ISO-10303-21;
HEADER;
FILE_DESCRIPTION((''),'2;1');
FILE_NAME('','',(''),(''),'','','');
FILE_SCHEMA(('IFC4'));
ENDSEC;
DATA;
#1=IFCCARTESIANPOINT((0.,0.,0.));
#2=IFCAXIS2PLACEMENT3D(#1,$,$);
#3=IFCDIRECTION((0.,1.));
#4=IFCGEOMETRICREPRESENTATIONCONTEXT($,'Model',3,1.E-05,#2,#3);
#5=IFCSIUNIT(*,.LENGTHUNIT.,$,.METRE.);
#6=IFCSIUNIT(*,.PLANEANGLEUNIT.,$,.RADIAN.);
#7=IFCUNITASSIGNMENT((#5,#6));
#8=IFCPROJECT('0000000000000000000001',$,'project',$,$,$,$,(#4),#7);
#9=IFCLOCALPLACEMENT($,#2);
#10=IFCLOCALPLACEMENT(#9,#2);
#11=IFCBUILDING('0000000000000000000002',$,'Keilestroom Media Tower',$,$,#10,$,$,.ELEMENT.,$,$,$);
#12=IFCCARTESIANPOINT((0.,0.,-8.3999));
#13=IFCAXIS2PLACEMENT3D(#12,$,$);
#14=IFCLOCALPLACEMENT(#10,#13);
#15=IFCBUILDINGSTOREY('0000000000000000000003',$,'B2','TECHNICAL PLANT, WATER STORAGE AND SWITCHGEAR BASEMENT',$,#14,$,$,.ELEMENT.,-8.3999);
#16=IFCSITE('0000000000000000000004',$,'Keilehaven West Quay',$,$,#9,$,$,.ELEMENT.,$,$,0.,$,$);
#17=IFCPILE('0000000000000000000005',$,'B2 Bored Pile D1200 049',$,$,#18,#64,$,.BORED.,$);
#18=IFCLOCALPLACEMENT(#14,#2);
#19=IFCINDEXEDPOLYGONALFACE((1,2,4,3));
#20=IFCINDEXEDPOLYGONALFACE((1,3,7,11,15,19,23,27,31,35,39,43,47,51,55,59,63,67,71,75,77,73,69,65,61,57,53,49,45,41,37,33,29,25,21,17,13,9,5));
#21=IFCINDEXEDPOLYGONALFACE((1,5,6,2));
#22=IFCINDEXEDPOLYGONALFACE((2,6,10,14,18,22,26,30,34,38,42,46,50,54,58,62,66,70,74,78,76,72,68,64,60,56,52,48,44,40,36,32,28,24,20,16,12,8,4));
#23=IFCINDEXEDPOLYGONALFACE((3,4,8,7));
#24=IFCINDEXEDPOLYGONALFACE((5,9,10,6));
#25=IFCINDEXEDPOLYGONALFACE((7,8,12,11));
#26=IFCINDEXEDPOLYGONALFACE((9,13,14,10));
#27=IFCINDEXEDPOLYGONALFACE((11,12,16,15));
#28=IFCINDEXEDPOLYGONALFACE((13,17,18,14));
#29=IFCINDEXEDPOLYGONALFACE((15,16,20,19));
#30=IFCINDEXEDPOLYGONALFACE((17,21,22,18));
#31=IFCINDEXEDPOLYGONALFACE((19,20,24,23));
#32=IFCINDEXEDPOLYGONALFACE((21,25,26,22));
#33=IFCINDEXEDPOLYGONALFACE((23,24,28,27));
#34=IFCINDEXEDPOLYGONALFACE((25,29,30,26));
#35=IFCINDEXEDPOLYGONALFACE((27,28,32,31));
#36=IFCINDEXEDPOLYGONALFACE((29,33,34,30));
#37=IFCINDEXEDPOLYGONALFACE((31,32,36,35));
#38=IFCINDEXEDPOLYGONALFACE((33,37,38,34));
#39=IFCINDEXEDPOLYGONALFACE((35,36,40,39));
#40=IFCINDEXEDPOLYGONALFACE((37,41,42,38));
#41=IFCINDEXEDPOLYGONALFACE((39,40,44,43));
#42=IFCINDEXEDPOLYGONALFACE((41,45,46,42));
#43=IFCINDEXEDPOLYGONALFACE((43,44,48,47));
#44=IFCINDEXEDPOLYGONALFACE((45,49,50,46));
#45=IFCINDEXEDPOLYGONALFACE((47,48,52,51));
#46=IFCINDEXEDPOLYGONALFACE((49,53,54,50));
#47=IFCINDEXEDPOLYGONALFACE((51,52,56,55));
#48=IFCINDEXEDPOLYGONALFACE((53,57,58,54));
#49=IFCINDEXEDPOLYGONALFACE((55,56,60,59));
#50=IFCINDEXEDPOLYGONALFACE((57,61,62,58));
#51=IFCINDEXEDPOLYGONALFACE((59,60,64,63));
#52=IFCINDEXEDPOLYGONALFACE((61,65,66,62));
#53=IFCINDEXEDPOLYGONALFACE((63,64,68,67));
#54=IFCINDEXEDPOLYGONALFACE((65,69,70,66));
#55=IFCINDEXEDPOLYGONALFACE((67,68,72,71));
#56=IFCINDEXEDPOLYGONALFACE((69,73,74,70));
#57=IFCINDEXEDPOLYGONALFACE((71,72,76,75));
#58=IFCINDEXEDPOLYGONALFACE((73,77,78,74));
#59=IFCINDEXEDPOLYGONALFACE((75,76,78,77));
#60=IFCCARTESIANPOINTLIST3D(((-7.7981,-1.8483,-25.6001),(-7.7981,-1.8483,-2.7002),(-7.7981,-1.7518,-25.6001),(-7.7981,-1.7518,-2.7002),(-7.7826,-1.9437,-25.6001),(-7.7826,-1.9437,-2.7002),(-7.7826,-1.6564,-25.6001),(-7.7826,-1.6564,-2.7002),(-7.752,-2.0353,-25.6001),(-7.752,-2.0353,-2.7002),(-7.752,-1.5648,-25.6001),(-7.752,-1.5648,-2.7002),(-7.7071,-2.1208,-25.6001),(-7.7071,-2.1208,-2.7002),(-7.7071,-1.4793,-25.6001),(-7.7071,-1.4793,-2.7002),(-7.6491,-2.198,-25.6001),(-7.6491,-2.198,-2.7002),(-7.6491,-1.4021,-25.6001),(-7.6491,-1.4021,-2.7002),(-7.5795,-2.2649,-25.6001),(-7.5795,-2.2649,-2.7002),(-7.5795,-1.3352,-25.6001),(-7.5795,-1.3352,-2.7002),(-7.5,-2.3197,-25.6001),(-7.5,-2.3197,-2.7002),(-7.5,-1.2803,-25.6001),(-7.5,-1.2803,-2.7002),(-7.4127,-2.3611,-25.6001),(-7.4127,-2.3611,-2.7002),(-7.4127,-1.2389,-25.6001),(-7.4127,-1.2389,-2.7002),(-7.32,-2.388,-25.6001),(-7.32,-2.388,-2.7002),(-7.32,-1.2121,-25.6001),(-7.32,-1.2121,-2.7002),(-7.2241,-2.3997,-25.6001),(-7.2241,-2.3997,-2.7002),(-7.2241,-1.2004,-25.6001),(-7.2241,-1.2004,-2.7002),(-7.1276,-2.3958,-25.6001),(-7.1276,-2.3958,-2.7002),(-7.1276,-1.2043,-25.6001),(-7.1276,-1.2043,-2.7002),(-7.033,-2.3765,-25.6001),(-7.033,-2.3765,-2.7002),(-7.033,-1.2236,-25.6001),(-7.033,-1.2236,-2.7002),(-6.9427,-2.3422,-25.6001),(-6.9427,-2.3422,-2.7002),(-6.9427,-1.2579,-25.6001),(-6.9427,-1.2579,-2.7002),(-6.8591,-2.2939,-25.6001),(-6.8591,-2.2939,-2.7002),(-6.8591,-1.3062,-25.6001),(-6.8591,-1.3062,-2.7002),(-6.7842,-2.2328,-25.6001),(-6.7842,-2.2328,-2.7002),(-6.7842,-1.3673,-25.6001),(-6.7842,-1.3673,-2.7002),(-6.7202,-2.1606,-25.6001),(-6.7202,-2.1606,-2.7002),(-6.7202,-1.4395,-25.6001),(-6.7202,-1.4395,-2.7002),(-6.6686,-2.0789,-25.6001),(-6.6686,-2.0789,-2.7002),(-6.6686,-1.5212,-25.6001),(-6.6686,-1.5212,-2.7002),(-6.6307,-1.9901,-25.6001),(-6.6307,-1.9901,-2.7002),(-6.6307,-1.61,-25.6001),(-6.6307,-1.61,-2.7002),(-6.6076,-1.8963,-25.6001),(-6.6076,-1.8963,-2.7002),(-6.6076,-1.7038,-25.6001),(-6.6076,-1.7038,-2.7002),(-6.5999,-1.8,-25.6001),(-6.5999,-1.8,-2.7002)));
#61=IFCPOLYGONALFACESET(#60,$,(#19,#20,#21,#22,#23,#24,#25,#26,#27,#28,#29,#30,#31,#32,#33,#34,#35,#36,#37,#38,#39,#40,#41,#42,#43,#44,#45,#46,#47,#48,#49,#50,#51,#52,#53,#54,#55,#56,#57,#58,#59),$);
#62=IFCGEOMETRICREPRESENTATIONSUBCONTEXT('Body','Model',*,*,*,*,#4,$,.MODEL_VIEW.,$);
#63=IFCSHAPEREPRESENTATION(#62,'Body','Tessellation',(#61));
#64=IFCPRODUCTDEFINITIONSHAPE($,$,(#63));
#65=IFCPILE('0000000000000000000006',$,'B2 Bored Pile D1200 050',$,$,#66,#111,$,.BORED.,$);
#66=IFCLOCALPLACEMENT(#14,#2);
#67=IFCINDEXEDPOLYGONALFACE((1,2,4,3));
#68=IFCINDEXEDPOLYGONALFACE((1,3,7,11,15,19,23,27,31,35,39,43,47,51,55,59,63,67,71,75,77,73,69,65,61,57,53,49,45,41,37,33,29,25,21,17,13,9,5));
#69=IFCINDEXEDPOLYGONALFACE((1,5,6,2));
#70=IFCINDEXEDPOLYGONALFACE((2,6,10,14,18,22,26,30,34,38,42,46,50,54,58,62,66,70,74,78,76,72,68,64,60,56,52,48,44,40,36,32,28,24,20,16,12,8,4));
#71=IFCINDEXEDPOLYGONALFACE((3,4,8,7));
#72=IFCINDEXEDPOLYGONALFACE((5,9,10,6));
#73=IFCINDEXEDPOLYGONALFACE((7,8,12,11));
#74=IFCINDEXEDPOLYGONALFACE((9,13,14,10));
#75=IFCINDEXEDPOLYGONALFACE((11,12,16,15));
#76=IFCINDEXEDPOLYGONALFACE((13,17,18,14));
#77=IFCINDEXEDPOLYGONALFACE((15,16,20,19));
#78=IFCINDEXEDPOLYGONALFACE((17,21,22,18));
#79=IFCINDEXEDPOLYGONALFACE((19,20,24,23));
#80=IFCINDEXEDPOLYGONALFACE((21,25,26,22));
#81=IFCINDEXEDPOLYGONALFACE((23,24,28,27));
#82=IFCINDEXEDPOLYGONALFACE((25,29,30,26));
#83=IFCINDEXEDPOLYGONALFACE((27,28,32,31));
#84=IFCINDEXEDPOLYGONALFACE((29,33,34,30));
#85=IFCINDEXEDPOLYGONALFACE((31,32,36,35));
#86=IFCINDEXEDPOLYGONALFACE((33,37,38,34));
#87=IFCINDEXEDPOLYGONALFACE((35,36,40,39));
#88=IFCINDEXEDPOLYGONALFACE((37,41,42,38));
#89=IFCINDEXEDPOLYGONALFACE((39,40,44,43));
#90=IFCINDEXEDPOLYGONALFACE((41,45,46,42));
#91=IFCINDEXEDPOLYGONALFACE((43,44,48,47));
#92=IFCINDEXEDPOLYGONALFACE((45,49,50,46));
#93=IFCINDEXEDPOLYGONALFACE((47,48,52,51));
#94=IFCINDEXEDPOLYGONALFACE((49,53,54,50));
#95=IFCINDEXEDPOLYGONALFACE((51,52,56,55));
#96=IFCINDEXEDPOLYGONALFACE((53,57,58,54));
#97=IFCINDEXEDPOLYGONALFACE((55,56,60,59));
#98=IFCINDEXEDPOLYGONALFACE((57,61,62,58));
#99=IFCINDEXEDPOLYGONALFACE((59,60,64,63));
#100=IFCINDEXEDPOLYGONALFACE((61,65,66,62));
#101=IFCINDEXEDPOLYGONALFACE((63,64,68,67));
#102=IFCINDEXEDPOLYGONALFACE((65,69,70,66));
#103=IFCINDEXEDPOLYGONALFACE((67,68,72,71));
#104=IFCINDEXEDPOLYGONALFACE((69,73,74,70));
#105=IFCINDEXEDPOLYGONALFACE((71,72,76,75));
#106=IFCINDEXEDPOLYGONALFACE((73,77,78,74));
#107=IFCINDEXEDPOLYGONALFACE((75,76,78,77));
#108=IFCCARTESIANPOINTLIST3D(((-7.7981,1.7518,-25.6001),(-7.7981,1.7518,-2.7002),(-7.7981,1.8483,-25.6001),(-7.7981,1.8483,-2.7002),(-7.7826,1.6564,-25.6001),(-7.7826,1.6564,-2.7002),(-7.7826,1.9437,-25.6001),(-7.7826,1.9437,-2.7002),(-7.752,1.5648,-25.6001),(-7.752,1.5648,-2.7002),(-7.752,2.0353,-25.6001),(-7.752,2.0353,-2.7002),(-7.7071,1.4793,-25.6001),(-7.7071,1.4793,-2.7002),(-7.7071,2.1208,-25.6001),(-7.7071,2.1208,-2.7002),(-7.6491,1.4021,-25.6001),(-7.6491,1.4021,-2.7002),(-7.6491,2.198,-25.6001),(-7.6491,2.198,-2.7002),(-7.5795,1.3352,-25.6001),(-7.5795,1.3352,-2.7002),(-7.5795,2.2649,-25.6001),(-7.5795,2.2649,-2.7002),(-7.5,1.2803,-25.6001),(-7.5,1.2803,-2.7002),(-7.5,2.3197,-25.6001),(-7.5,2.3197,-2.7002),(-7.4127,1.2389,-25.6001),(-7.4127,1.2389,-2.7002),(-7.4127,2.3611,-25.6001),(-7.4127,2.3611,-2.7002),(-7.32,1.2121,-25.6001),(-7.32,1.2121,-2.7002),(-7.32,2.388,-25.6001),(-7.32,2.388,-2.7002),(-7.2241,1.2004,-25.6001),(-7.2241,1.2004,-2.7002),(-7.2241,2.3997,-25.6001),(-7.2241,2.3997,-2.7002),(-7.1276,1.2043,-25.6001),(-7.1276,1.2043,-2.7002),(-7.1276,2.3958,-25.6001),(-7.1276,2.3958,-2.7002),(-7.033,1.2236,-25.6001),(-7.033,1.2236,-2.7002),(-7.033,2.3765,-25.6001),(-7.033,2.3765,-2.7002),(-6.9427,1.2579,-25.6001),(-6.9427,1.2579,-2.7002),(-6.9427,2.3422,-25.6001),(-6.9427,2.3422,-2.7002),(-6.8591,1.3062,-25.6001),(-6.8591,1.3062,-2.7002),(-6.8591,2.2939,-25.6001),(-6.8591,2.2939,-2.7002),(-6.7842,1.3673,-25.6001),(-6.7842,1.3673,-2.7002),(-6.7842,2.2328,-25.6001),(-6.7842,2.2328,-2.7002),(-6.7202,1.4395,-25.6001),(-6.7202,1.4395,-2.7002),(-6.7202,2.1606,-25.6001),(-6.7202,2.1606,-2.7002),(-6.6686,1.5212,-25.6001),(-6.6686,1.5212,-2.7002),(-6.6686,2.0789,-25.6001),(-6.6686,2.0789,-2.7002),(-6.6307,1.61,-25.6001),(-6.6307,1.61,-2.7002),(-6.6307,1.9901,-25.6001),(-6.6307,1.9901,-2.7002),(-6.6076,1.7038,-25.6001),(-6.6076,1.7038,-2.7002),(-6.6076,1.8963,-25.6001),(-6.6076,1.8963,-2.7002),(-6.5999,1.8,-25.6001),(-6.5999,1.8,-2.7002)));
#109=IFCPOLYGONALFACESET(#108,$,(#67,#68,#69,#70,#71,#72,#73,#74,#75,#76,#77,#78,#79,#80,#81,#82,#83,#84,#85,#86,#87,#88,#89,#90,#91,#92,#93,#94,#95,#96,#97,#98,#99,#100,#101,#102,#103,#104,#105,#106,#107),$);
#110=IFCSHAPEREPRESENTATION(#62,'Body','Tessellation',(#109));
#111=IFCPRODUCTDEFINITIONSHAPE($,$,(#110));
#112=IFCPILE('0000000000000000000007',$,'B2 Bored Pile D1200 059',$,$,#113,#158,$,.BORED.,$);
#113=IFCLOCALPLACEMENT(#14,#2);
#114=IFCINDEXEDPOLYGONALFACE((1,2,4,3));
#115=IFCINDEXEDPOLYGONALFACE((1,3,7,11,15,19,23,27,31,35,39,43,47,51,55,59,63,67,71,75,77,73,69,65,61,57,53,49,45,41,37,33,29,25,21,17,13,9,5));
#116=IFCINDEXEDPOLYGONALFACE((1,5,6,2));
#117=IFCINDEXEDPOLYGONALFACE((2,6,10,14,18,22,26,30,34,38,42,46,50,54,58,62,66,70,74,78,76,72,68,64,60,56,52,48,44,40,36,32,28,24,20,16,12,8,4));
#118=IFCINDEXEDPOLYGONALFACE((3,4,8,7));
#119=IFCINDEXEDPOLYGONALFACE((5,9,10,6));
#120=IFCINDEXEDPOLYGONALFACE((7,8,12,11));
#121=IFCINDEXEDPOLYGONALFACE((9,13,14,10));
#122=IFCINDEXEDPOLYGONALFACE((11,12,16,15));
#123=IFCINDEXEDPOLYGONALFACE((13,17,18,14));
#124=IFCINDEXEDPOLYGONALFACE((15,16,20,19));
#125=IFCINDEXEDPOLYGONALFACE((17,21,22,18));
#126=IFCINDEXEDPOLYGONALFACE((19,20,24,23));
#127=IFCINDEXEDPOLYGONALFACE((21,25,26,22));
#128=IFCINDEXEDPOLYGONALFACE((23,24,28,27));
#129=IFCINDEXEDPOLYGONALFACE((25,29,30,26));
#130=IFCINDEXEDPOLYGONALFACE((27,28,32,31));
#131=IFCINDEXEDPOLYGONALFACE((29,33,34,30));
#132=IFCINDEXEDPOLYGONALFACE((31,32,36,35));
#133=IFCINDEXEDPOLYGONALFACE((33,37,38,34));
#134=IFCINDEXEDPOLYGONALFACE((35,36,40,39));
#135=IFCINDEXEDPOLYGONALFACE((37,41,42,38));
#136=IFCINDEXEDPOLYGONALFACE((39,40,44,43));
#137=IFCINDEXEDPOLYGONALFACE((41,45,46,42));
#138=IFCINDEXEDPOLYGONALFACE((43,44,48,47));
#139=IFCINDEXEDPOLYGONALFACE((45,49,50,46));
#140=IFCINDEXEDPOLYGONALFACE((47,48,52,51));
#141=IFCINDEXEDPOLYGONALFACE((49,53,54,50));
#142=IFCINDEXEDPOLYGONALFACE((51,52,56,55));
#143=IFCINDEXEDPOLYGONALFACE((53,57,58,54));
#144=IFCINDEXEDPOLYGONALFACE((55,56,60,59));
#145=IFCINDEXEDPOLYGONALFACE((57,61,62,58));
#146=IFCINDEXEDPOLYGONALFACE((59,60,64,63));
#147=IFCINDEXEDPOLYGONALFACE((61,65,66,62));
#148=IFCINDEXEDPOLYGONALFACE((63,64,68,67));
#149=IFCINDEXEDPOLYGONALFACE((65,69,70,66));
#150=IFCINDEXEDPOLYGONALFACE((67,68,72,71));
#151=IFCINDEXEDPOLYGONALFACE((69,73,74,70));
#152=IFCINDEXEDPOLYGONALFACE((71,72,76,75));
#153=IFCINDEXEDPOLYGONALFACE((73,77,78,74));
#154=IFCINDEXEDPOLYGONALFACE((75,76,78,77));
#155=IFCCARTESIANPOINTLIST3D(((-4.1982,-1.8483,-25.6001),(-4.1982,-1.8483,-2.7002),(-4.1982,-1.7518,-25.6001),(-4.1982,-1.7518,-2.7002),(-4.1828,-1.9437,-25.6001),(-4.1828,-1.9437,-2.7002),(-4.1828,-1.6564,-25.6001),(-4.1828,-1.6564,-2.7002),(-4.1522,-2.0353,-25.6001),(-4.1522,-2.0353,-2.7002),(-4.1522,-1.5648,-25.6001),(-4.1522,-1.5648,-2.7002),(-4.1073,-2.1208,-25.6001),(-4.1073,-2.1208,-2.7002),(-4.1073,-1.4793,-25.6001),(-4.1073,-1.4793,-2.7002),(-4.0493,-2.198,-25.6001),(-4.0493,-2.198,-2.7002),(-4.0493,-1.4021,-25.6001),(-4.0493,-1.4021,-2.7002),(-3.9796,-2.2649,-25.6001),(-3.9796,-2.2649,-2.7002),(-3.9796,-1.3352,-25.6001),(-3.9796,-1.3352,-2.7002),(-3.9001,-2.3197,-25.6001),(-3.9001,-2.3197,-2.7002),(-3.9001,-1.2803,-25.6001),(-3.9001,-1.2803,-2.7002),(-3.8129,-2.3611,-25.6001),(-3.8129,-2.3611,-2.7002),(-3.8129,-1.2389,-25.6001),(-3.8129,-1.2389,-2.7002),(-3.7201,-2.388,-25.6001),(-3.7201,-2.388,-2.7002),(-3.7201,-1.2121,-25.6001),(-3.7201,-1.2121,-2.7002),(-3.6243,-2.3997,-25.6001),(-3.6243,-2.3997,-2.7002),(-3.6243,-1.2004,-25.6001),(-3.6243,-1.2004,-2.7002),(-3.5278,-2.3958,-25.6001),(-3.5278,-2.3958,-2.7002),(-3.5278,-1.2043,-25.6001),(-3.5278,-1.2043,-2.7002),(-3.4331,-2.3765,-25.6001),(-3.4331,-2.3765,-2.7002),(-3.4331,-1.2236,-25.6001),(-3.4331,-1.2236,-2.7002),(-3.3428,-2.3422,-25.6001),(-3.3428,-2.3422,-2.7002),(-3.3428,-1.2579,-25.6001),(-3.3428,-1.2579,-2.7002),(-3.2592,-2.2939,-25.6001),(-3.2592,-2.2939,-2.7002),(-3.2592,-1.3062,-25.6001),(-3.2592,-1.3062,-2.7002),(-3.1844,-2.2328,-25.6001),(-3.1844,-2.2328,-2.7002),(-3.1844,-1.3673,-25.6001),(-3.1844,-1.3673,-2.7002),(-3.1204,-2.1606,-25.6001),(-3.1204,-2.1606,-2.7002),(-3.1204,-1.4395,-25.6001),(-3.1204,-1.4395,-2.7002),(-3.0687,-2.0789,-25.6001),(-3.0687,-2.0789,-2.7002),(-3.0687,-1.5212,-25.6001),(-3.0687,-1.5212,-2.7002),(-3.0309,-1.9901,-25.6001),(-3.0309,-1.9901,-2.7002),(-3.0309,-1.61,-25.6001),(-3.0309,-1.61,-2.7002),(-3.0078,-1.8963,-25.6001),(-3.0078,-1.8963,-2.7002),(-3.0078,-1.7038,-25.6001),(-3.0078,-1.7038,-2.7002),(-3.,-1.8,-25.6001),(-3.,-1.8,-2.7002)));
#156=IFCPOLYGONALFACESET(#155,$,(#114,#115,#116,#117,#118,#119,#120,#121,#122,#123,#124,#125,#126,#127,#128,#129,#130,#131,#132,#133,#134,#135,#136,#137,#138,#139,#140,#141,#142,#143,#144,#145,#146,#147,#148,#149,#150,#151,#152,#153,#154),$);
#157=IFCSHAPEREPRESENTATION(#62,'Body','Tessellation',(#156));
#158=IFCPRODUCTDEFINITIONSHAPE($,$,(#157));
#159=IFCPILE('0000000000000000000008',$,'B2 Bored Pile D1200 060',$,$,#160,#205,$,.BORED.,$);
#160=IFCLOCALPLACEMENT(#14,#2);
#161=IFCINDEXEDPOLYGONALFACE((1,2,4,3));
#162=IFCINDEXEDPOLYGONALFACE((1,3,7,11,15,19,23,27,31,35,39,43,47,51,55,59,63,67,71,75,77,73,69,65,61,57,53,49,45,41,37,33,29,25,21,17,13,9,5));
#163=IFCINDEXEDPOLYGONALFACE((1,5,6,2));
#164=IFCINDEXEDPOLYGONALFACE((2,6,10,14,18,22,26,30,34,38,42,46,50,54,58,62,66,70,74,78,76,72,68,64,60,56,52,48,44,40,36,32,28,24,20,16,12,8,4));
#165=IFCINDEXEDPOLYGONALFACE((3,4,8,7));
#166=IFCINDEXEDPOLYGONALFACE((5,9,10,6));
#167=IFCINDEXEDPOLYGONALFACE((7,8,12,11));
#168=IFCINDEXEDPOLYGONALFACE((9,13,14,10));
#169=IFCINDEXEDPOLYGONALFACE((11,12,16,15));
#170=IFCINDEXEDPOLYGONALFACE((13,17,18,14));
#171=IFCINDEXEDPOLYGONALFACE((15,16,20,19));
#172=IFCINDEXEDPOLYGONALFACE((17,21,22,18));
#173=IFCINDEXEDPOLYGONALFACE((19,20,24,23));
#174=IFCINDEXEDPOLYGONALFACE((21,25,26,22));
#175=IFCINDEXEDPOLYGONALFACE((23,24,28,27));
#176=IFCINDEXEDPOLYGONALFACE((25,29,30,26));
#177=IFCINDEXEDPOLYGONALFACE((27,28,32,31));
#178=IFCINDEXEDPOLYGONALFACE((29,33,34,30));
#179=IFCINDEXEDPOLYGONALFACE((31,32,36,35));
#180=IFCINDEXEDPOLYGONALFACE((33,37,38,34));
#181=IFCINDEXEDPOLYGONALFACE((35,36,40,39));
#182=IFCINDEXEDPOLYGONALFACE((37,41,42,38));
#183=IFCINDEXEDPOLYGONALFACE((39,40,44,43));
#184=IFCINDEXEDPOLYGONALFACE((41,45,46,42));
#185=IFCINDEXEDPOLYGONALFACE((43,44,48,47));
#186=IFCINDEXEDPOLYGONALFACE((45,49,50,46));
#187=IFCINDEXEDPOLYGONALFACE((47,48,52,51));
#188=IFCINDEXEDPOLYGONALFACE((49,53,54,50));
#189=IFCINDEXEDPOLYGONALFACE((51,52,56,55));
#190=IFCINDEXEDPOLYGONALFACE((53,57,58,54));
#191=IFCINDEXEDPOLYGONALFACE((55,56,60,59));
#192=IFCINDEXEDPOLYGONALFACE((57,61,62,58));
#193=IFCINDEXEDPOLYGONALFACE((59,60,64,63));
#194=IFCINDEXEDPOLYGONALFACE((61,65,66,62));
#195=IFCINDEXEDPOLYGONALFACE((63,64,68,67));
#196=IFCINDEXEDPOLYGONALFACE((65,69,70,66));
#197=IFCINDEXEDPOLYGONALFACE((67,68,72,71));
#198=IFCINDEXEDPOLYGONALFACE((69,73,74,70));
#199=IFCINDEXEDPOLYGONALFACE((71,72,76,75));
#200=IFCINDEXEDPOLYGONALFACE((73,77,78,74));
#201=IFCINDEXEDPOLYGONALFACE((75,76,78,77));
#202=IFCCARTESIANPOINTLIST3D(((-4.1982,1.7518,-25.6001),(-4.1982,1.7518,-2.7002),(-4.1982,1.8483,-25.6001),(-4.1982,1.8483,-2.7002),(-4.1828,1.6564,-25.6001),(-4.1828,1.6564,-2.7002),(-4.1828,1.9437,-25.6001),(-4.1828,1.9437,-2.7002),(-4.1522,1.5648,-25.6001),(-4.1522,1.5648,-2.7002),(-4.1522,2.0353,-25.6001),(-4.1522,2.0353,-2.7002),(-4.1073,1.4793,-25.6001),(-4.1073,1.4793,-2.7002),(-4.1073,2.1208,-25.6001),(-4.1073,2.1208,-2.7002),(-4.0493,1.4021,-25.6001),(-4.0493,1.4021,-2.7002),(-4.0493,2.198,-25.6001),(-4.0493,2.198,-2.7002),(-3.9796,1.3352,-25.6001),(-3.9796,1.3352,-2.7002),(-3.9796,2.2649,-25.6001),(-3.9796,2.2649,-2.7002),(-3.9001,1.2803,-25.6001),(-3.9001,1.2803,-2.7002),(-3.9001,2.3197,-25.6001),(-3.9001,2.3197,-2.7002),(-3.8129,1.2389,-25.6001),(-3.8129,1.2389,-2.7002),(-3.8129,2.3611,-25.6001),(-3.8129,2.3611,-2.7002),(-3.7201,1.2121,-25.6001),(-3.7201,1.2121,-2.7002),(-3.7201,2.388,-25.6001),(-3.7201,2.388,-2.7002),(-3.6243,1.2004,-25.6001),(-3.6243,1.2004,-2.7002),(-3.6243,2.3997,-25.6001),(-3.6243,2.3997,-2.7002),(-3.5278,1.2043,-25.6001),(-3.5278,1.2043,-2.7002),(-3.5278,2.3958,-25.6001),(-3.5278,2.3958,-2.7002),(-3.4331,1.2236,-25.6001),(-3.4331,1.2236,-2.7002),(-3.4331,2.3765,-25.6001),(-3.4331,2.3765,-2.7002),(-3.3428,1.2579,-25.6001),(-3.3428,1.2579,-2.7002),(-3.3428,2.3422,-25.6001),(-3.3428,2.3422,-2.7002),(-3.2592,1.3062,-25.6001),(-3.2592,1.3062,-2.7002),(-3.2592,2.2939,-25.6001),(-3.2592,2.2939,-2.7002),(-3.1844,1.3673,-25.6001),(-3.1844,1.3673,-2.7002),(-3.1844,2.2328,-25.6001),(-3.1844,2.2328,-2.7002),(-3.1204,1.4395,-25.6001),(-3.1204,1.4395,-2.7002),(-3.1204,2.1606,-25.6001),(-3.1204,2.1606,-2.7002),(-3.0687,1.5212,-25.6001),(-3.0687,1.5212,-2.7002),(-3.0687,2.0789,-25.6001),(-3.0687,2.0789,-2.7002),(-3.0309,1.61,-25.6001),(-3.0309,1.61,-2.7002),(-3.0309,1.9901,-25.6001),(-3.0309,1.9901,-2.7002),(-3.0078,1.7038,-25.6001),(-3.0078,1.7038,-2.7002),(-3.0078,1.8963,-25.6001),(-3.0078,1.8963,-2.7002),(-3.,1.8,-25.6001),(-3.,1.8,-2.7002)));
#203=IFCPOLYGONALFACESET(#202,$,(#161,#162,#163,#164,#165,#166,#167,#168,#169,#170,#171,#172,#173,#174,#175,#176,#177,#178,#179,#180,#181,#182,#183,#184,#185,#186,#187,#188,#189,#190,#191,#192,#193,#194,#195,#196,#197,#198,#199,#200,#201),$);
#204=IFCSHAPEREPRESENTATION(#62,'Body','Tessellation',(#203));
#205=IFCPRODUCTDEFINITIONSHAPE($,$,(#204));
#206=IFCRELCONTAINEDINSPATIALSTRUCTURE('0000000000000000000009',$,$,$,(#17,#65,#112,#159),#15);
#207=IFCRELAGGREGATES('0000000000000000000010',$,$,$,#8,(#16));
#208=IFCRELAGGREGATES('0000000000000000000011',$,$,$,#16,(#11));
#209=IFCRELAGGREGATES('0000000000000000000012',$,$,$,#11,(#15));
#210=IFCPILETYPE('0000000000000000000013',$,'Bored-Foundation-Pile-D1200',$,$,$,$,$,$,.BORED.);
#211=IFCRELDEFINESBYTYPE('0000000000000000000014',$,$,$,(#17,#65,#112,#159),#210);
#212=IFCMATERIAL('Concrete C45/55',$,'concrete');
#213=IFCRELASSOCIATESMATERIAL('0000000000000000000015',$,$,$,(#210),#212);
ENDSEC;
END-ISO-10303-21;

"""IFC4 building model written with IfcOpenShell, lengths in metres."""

from ifc_helpers import new_model, si_unit, direction, frame, origin, origin_2d, place, context, subcontext, project, spatial, circle, extrude, source, transform, mapped, material, material_profile, profile_set, type_object, element, save


model = new_model("IFC4")

# Units and contexts
model_context = context("Model", 3, precision=1e-05, world=origin(), true_north=direction((0.0, 1.0)))
body_context = subcontext(model_context, "Body", "Model", "MODEL_VIEW")
ifc_project = project(units=[si_unit("LENGTHUNIT", "METRE"), si_unit("PLANEANGLEUNIT", "RADIAN")], contexts=[model_context])

# Site, building, storey
site_placement = place(None, origin())
site = spatial("IfcSite", under=ifc_project, at=site_placement, Name="Keilehaven West Quay", CompositionType="ELEMENT", RefElevation=0.0)
building_placement = place(site_placement, origin())
building = spatial("IfcBuilding", under=site, at=building_placement, Name="Keilestroom Media Tower", CompositionType="ELEMENT")
storey_placement = place(building_placement, frame((0.0, 0.0, -8.3999)))
storey = spatial("IfcBuildingStorey", under=building, at=storey_placement, Name="B2", Description="TECHNICAL PLANT, WATER STORAGE AND SWITCHGEAR BASEMENT", CompositionType="ELEMENT", Elevation=-8.3999)

# Shared definitions
ifc_material_1 = material(Name="Concrete C45/55", Category="concrete")

# Piles
ifc_material_profile = material_profile(ifc_material_1, circle(Radius=0.6001, at=origin_2d()), Name="BORED PILE D1200")
ifc_profile_set = profile_set([ifc_material_profile], Name="Concrete C45/55")
pile_type = type_object("IfcPileType", Name="Bored-Foundation-Pile-D1200", PredefinedType="BORED", material=ifc_profile_set)
shared_shape_1 = source(origin(), body_context, "Body", "SweptSolid", [
    extrude(circle(Radius=0.6001, at=origin_2d()), origin(), (0.0, 0.0, 1.0), 22.8999),
])
for number, where, z_axis, x_axis, name in (
    (1, (-7.2, -1.8, -2.7002), (0.0, 0.0, -1.0), (1.0, 0.0, 0.0), "B2 Bored Pile D1200 049"),
    (2, (-7.2, 1.8, -2.7002), (0.0, 0.0, -1.0), (1.0, 0.0, 0.0), "B2 Bored Pile D1200 050"),
    (3, (-3.6001, -1.8, -2.7002), (0.0, 0.0, -1.0), (1.0, 0.0, 0.0), "B2 Bored Pile D1200 059"),
    (4, (-3.6001, 1.8, -2.7002), (0.0, 0.0, -1.0), (1.0, 0.0, 0.0), "B2 Bored Pile D1200 060"),
):
    element("IfcPile", number, at=place(storey_placement, frame(where, z_axis=z_axis, x_axis=x_axis)), inside=storey, type_object=pile_type, Name=name, PredefinedType="BORED", context=body_context, shape_type="MappedRepresentation", body=[
        mapped(shared_shape_1, transform((0.0, 0.0, 0.0), x_axis=(1.0, 0.0, 0.0), y_axis=(0.0, 1.0, 0.0), z_axis=(0.0, 0.0, 1.0), scale=1.0)),
    ])

save(model, "model.ifc")
